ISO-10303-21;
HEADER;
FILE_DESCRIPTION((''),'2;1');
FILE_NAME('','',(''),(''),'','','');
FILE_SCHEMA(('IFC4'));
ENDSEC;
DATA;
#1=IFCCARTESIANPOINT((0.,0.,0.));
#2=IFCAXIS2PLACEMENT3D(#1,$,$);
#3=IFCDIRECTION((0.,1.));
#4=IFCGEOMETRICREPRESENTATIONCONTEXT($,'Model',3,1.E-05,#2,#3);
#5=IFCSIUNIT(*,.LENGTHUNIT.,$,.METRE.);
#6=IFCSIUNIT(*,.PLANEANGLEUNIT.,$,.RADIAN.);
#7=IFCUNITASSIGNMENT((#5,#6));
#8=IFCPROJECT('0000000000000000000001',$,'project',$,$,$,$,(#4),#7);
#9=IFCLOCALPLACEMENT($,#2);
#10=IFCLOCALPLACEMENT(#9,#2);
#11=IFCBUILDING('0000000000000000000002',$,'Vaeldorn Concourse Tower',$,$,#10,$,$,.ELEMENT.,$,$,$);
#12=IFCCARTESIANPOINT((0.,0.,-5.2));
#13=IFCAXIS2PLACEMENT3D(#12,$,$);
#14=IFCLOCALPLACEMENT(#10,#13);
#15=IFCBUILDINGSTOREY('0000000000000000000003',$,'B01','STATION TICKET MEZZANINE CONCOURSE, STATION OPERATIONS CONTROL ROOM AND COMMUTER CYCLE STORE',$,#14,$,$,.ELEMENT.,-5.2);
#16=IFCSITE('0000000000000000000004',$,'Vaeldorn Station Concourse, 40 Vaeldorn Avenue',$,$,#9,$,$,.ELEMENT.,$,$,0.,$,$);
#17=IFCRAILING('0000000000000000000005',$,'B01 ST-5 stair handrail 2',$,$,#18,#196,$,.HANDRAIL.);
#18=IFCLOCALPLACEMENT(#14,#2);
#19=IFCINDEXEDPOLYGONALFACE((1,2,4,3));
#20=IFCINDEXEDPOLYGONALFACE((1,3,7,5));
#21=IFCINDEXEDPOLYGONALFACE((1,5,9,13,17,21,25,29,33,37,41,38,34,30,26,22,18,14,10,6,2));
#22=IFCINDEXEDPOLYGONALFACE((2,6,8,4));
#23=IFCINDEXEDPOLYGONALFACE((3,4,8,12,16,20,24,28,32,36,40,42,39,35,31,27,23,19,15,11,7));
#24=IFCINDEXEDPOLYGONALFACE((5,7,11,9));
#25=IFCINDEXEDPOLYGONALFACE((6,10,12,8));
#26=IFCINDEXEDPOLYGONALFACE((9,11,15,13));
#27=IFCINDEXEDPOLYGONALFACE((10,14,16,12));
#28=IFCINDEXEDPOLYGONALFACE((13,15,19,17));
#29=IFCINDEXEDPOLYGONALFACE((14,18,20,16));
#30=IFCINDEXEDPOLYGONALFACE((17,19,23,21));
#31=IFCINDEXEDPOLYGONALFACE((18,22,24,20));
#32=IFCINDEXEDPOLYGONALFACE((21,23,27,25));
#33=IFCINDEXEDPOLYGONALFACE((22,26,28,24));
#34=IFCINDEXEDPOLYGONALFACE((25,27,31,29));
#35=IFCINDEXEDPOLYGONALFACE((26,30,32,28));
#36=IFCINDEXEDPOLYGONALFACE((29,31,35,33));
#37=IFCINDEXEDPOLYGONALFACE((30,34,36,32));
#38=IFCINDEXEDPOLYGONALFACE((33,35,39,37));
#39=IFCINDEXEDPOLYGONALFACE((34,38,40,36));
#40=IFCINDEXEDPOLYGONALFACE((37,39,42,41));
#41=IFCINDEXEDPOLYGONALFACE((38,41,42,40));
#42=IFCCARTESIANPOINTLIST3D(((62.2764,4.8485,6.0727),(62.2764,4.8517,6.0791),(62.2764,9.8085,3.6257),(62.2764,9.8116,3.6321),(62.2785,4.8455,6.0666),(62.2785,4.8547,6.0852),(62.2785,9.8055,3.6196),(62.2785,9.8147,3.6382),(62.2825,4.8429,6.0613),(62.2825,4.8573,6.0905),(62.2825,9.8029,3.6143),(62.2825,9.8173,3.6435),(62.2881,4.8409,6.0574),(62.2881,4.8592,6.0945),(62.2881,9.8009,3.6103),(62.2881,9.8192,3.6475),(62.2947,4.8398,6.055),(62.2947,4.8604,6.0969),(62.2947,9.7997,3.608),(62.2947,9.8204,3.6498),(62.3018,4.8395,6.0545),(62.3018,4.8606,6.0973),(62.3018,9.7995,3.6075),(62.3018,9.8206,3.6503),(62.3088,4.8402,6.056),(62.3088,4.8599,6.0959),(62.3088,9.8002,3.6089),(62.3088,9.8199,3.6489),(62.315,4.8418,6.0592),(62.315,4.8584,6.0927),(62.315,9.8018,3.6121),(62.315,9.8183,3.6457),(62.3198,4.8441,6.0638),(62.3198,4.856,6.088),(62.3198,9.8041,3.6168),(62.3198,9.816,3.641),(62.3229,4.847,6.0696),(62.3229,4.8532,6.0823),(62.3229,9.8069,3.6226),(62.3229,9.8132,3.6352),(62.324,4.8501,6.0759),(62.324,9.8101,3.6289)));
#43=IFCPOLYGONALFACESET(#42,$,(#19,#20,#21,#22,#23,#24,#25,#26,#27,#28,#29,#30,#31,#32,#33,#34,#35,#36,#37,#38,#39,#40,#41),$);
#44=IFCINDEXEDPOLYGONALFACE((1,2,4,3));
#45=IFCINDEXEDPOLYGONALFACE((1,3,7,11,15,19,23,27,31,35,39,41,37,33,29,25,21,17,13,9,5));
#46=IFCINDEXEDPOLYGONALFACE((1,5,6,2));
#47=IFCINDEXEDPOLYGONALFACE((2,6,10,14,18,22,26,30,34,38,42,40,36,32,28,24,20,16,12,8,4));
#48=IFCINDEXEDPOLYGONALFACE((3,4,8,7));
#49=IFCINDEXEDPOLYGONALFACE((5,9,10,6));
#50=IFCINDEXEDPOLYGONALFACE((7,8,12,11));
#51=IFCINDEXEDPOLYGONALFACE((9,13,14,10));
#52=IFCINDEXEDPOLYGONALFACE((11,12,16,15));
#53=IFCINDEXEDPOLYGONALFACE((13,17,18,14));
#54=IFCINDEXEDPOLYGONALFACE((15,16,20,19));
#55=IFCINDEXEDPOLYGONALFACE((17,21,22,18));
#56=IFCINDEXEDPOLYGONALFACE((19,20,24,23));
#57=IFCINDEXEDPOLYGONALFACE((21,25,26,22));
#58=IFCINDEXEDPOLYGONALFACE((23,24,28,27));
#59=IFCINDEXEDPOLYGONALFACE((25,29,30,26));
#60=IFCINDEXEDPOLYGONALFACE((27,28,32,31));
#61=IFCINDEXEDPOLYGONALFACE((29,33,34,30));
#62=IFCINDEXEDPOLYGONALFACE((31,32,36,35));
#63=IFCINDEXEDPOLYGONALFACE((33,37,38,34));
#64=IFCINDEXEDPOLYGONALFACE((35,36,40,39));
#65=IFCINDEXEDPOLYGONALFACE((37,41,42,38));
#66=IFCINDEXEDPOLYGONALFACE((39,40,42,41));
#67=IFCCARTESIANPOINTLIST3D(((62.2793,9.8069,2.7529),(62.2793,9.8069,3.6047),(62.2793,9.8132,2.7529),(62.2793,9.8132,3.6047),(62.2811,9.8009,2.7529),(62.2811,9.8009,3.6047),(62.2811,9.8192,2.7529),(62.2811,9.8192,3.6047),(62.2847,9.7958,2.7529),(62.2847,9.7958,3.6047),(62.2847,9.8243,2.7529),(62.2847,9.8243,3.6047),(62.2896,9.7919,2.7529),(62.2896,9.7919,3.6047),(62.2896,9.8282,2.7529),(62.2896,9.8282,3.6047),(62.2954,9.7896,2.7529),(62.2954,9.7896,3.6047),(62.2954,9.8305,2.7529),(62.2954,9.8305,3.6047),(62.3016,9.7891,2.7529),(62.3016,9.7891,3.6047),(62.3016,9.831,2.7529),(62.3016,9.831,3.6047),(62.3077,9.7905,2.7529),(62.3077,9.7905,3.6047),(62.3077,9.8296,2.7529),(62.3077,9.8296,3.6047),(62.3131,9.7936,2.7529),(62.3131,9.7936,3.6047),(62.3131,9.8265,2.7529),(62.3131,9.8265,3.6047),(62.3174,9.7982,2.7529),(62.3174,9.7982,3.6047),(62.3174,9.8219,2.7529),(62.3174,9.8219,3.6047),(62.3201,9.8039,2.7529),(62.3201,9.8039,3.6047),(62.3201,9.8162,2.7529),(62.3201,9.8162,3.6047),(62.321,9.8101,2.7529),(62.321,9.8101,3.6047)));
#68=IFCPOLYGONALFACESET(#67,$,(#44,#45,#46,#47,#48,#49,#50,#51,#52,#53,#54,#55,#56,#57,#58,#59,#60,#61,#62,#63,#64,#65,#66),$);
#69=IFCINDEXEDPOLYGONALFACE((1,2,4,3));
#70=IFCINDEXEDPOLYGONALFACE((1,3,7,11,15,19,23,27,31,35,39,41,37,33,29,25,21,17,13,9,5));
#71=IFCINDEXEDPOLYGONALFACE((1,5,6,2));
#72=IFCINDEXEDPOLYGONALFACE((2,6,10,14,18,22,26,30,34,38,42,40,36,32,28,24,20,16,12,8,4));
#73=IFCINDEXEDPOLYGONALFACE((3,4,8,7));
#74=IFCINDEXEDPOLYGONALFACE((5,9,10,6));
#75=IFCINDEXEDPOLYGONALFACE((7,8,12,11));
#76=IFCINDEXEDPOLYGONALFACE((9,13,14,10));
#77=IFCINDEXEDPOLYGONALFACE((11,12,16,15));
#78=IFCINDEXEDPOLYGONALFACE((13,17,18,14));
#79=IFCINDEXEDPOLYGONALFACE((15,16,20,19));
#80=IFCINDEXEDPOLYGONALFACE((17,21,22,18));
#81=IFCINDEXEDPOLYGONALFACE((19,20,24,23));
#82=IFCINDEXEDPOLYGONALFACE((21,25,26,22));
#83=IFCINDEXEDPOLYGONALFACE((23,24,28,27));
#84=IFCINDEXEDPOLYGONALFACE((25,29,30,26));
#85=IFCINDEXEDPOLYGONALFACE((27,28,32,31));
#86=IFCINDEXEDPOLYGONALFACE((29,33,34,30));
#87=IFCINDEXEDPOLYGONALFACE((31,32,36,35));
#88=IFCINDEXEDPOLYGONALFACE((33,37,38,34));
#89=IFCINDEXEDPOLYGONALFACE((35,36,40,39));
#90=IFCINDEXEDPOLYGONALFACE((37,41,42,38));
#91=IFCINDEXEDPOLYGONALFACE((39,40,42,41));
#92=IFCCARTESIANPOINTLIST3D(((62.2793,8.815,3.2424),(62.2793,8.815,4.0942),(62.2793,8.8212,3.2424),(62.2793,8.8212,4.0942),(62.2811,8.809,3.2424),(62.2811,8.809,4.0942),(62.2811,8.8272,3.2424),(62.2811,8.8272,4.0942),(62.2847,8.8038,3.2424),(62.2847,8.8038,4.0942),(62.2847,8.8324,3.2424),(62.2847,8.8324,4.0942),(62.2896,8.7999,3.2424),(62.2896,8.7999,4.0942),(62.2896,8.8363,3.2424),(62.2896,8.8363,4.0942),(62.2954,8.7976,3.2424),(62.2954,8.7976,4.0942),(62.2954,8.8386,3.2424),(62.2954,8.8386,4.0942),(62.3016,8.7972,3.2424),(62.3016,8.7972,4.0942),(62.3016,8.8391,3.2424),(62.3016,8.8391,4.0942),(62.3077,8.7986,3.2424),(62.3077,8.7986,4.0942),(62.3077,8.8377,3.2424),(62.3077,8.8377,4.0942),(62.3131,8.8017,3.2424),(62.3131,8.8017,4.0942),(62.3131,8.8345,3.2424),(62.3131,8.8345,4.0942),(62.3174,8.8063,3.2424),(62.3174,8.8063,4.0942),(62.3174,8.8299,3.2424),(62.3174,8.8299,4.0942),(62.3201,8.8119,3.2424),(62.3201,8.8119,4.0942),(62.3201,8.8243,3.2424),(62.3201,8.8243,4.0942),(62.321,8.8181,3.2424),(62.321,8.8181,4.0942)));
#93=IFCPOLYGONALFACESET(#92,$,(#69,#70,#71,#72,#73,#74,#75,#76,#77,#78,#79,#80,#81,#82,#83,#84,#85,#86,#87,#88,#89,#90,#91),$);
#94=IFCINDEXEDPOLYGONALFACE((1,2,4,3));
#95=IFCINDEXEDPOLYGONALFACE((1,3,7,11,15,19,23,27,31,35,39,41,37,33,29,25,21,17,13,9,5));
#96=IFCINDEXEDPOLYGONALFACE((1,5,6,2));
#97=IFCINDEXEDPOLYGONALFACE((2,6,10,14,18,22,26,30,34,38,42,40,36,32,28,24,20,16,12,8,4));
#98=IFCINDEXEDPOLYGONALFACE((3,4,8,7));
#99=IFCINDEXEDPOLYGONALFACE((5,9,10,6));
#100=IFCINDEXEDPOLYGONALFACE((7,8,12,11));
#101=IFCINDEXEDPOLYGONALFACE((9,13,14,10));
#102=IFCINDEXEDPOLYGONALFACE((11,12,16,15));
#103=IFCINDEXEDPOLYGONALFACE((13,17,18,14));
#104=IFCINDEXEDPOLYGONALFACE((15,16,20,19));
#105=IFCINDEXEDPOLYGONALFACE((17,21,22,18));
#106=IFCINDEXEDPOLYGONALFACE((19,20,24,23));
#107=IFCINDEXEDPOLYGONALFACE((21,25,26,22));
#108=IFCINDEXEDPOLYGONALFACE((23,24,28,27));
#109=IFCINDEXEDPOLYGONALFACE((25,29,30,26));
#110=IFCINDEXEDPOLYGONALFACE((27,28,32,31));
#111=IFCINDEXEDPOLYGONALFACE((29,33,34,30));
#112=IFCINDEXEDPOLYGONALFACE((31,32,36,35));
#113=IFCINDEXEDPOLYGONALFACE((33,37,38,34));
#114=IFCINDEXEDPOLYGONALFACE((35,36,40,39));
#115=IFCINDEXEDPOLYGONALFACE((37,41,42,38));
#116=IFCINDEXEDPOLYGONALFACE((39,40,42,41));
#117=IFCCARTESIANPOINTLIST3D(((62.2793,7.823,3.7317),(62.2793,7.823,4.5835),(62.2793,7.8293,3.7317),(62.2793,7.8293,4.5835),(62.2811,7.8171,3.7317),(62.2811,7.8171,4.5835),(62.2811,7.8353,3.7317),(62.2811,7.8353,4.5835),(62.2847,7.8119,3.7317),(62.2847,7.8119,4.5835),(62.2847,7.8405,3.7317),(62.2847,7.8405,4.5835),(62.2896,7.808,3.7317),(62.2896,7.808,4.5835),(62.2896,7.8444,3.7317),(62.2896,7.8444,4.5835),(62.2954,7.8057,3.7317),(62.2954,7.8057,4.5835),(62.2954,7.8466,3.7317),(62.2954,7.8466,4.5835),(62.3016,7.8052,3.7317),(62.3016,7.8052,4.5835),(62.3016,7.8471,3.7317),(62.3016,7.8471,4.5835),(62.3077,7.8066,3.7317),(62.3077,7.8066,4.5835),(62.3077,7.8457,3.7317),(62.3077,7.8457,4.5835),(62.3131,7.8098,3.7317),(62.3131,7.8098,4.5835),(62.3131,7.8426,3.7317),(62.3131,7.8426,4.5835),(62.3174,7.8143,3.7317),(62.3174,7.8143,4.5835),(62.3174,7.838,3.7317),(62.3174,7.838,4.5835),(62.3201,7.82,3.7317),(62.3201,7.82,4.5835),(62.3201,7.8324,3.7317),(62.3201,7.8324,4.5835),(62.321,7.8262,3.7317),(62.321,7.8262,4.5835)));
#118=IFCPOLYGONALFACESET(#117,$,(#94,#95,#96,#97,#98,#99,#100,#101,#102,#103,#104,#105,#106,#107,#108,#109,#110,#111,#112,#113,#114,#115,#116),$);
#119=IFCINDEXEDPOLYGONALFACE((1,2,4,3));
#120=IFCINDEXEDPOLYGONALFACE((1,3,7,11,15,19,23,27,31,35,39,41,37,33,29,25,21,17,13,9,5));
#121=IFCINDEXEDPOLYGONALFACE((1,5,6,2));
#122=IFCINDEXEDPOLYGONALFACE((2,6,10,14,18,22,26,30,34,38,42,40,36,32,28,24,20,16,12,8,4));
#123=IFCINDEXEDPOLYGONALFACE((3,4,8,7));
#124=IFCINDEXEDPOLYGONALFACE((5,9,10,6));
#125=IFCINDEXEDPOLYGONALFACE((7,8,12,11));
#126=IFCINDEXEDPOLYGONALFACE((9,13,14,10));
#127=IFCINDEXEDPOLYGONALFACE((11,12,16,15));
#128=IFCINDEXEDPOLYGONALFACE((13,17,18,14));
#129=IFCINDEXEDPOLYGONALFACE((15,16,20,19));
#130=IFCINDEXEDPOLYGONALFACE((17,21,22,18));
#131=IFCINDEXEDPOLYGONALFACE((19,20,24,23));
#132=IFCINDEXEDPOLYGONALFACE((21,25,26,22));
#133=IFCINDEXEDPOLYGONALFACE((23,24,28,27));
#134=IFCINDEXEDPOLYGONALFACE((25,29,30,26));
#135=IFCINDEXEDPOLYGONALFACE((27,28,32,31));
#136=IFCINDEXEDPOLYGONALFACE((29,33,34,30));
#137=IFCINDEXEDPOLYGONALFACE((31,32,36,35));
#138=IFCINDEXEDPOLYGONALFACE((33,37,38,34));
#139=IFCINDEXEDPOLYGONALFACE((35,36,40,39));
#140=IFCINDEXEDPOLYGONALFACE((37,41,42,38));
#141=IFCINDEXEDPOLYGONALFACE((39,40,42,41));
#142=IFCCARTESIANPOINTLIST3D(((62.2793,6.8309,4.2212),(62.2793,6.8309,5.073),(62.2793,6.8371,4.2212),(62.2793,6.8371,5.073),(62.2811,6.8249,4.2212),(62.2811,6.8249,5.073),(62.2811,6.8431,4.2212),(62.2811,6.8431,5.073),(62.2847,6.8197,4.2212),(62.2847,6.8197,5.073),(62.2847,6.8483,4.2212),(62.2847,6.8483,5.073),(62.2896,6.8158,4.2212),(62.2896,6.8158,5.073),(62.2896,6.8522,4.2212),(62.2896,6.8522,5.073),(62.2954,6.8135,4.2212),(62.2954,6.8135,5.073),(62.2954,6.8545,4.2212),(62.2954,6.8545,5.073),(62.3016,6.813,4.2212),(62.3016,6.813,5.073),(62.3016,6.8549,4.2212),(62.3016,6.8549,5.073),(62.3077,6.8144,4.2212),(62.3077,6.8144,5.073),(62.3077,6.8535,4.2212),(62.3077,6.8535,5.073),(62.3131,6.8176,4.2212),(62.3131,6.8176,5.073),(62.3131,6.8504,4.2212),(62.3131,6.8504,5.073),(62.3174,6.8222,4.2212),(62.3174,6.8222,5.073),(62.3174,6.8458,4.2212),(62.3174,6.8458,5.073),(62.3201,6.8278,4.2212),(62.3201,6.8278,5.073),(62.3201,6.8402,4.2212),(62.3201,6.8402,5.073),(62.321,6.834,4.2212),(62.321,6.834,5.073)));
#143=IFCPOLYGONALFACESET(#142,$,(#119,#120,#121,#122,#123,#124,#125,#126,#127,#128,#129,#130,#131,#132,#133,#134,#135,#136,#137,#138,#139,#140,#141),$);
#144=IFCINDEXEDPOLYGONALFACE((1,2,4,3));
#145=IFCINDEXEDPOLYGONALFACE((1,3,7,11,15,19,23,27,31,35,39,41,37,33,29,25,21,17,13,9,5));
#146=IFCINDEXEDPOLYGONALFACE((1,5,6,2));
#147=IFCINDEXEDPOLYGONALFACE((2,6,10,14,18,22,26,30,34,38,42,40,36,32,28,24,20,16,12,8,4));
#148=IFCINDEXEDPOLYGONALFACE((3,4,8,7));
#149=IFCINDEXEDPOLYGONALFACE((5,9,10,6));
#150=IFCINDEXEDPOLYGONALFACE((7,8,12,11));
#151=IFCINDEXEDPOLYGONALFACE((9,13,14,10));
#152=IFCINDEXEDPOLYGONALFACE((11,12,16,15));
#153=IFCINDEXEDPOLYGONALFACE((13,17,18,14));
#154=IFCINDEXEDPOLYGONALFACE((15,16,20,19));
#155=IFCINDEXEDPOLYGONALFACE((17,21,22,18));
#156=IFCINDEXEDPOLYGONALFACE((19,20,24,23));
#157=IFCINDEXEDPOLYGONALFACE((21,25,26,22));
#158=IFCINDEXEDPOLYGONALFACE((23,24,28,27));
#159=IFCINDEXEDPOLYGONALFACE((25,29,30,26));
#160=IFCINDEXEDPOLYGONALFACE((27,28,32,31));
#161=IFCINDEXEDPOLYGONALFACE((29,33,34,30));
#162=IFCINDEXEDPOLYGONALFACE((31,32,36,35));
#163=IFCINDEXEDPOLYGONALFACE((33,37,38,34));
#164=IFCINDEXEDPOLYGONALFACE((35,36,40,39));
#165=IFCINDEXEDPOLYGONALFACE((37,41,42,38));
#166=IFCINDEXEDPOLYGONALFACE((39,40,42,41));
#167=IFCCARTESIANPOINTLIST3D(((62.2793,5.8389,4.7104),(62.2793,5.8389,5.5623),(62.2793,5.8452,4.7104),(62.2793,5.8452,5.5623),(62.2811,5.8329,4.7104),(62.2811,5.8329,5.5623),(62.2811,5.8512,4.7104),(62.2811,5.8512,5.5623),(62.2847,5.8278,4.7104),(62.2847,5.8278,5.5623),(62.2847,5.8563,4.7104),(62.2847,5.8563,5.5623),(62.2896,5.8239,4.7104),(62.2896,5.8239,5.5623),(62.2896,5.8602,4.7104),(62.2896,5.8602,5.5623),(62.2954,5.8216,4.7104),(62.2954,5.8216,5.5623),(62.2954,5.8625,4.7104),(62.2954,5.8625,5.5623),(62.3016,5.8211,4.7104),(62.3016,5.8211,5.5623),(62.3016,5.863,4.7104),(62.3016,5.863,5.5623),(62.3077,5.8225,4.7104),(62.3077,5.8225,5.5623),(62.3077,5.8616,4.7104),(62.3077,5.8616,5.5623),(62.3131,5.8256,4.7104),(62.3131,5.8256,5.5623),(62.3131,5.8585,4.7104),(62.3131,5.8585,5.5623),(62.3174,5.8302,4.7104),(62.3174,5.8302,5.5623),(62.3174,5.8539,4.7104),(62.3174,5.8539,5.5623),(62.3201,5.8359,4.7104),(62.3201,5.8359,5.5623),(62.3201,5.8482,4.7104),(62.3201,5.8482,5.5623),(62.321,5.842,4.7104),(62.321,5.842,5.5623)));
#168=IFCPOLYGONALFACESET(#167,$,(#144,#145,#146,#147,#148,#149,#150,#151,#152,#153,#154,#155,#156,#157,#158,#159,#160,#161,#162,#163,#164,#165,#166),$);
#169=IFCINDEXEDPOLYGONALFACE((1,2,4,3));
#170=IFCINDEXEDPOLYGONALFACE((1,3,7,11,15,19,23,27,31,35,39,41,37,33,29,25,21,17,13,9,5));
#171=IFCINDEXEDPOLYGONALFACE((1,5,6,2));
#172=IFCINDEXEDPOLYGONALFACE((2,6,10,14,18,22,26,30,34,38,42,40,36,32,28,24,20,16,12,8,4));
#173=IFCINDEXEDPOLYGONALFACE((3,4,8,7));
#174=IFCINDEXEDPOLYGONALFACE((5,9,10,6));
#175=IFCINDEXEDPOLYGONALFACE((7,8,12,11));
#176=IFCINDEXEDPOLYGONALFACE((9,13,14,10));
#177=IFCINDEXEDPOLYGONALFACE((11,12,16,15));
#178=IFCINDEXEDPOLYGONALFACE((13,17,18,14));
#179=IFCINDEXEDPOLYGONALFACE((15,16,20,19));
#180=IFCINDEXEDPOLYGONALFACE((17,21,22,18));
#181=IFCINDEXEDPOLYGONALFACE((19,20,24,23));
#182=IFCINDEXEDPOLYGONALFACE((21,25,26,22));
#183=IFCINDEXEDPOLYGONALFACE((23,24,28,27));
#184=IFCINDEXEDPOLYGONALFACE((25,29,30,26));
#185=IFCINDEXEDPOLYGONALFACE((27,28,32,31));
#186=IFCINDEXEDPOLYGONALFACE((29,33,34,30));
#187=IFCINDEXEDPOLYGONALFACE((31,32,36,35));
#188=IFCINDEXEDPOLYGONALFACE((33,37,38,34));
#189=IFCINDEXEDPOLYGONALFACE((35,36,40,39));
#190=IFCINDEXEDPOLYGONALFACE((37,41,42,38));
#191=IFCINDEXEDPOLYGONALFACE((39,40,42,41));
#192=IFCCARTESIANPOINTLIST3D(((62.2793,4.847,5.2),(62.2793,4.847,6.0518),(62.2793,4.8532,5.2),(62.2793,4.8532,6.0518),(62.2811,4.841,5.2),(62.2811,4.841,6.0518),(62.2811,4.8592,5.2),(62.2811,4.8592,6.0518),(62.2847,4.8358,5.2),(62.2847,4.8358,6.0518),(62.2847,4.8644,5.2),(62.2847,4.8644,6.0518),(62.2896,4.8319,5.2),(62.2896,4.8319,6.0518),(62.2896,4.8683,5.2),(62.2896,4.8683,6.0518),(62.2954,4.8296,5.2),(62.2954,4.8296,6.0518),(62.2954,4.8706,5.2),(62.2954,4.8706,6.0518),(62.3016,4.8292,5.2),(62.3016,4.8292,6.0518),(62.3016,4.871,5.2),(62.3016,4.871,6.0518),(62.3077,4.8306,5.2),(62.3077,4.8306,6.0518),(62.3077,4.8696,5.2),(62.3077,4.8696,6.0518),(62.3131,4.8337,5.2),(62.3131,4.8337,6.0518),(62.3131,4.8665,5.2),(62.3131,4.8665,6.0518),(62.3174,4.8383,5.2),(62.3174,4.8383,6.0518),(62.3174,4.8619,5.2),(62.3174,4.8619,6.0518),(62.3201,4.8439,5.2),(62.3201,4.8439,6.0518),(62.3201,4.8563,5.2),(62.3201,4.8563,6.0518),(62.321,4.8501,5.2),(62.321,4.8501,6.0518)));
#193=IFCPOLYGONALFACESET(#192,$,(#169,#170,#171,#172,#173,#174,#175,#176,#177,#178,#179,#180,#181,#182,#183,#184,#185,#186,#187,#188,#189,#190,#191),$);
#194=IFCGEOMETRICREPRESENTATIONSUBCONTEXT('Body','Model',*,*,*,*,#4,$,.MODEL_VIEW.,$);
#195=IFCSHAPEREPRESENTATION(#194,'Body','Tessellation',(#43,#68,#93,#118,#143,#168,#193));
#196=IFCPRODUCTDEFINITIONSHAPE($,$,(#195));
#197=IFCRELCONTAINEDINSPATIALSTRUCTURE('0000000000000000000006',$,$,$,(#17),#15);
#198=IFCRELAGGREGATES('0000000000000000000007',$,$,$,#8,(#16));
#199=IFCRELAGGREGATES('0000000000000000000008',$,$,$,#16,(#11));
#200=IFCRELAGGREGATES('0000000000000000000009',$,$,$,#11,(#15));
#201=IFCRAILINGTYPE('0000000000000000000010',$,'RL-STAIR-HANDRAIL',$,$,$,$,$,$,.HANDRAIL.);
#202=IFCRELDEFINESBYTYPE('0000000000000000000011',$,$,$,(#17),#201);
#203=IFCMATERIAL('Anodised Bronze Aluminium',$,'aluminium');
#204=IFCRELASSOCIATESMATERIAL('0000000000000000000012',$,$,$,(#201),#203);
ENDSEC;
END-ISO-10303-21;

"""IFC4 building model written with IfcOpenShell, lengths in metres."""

from ifc_helpers import new_model, si_unit, direction, frame, origin, origin_2d, place, context, subcontext, project, spatial, circle, extrude, material, type_object, element, save


model = new_model("IFC4")

# Units and contexts
model_context = context("Model", 3, precision=1e-05, world=origin(), true_north=direction((0.0, 1.0)))
body_context = subcontext(model_context, "Body", "Model", "MODEL_VIEW")
ifc_project = project(units=[si_unit("LENGTHUNIT", "METRE"), si_unit("PLANEANGLEUNIT", "RADIAN")], contexts=[model_context])

# Site, building, storey
site_placement = place(None, origin())
site = spatial("IfcSite", under=ifc_project, at=site_placement, Name="Vaeldorn Station Concourse, 40 Vaeldorn Avenue", CompositionType="ELEMENT", RefElevation=0.0)
building_placement = place(site_placement, origin())
building = spatial("IfcBuilding", under=site, at=building_placement, Name="Vaeldorn Concourse Tower", CompositionType="ELEMENT")
storey_placement = place(building_placement, frame((0.0, 0.0, -5.2)))
storey = spatial("IfcBuildingStorey", under=building, at=storey_placement, Name="B01", Description="STATION TICKET MEZZANINE CONCOURSE, STATION OPERATIONS CONTROL ROOM AND COMMUTER CYCLE STORE", CompositionType="ELEMENT", Elevation=-5.2)

# Railing
ifc_material_1 = material(Name="Anodised Bronze Aluminium", Category="aluminium")
railing_type_1 = type_object("IfcRailingType", Name="RL-STAIR-HANDRAIL", PredefinedType="HANDRAIL", material=ifc_material_1)
railing_1_placement = place(storey_placement, frame((62.3, 9.8101, 2.7529)))
element("IfcRailing", 1, at=railing_1_placement, inside=storey, type_object=railing_type_1, Name="B01 ST-5 stair handrail 2", PredefinedType="HANDRAIL", context=body_context, shape_type="SweptSolid", body=[
    extrude(circle(Radius=0.0239, at=origin_2d()), frame((0.0, 0.0, 0.876), z_axis=(0.0, -0.896798, 0.44244), x_axis=(1.0, 0.0, 0.0)), (0.0, 0.0, 1.0), 5.5308),
    extrude(circle(Radius=0.021, at=origin_2d()), origin(), (0.0, 0.0, 1.0), 0.8518),
    extrude(circle(Radius=0.021, at=origin_2d()), frame((0.0, -0.9919, 0.4895)), (0.0, 0.0, 1.0), 0.8518),
    extrude(circle(Radius=0.021, at=origin_2d()), frame((0.0, -1.9839, 0.9788)), (0.0, 0.0, 1.0), 0.8518),
    extrude(circle(Radius=0.021, at=origin_2d()), frame((0.0, -2.9761, 1.4683)), (0.0, 0.0, 1.0), 0.8518),
    extrude(circle(Radius=0.021, at=origin_2d()), frame((0.0, -3.968, 1.9575)), (0.0, 0.0, 1.0), 0.8518),
    extrude(circle(Radius=0.021, at=origin_2d()), frame((0.0, -4.96, 2.447)), (0.0, 0.0, 1.0), 0.8518),
])

save(model, "model.ifc")
